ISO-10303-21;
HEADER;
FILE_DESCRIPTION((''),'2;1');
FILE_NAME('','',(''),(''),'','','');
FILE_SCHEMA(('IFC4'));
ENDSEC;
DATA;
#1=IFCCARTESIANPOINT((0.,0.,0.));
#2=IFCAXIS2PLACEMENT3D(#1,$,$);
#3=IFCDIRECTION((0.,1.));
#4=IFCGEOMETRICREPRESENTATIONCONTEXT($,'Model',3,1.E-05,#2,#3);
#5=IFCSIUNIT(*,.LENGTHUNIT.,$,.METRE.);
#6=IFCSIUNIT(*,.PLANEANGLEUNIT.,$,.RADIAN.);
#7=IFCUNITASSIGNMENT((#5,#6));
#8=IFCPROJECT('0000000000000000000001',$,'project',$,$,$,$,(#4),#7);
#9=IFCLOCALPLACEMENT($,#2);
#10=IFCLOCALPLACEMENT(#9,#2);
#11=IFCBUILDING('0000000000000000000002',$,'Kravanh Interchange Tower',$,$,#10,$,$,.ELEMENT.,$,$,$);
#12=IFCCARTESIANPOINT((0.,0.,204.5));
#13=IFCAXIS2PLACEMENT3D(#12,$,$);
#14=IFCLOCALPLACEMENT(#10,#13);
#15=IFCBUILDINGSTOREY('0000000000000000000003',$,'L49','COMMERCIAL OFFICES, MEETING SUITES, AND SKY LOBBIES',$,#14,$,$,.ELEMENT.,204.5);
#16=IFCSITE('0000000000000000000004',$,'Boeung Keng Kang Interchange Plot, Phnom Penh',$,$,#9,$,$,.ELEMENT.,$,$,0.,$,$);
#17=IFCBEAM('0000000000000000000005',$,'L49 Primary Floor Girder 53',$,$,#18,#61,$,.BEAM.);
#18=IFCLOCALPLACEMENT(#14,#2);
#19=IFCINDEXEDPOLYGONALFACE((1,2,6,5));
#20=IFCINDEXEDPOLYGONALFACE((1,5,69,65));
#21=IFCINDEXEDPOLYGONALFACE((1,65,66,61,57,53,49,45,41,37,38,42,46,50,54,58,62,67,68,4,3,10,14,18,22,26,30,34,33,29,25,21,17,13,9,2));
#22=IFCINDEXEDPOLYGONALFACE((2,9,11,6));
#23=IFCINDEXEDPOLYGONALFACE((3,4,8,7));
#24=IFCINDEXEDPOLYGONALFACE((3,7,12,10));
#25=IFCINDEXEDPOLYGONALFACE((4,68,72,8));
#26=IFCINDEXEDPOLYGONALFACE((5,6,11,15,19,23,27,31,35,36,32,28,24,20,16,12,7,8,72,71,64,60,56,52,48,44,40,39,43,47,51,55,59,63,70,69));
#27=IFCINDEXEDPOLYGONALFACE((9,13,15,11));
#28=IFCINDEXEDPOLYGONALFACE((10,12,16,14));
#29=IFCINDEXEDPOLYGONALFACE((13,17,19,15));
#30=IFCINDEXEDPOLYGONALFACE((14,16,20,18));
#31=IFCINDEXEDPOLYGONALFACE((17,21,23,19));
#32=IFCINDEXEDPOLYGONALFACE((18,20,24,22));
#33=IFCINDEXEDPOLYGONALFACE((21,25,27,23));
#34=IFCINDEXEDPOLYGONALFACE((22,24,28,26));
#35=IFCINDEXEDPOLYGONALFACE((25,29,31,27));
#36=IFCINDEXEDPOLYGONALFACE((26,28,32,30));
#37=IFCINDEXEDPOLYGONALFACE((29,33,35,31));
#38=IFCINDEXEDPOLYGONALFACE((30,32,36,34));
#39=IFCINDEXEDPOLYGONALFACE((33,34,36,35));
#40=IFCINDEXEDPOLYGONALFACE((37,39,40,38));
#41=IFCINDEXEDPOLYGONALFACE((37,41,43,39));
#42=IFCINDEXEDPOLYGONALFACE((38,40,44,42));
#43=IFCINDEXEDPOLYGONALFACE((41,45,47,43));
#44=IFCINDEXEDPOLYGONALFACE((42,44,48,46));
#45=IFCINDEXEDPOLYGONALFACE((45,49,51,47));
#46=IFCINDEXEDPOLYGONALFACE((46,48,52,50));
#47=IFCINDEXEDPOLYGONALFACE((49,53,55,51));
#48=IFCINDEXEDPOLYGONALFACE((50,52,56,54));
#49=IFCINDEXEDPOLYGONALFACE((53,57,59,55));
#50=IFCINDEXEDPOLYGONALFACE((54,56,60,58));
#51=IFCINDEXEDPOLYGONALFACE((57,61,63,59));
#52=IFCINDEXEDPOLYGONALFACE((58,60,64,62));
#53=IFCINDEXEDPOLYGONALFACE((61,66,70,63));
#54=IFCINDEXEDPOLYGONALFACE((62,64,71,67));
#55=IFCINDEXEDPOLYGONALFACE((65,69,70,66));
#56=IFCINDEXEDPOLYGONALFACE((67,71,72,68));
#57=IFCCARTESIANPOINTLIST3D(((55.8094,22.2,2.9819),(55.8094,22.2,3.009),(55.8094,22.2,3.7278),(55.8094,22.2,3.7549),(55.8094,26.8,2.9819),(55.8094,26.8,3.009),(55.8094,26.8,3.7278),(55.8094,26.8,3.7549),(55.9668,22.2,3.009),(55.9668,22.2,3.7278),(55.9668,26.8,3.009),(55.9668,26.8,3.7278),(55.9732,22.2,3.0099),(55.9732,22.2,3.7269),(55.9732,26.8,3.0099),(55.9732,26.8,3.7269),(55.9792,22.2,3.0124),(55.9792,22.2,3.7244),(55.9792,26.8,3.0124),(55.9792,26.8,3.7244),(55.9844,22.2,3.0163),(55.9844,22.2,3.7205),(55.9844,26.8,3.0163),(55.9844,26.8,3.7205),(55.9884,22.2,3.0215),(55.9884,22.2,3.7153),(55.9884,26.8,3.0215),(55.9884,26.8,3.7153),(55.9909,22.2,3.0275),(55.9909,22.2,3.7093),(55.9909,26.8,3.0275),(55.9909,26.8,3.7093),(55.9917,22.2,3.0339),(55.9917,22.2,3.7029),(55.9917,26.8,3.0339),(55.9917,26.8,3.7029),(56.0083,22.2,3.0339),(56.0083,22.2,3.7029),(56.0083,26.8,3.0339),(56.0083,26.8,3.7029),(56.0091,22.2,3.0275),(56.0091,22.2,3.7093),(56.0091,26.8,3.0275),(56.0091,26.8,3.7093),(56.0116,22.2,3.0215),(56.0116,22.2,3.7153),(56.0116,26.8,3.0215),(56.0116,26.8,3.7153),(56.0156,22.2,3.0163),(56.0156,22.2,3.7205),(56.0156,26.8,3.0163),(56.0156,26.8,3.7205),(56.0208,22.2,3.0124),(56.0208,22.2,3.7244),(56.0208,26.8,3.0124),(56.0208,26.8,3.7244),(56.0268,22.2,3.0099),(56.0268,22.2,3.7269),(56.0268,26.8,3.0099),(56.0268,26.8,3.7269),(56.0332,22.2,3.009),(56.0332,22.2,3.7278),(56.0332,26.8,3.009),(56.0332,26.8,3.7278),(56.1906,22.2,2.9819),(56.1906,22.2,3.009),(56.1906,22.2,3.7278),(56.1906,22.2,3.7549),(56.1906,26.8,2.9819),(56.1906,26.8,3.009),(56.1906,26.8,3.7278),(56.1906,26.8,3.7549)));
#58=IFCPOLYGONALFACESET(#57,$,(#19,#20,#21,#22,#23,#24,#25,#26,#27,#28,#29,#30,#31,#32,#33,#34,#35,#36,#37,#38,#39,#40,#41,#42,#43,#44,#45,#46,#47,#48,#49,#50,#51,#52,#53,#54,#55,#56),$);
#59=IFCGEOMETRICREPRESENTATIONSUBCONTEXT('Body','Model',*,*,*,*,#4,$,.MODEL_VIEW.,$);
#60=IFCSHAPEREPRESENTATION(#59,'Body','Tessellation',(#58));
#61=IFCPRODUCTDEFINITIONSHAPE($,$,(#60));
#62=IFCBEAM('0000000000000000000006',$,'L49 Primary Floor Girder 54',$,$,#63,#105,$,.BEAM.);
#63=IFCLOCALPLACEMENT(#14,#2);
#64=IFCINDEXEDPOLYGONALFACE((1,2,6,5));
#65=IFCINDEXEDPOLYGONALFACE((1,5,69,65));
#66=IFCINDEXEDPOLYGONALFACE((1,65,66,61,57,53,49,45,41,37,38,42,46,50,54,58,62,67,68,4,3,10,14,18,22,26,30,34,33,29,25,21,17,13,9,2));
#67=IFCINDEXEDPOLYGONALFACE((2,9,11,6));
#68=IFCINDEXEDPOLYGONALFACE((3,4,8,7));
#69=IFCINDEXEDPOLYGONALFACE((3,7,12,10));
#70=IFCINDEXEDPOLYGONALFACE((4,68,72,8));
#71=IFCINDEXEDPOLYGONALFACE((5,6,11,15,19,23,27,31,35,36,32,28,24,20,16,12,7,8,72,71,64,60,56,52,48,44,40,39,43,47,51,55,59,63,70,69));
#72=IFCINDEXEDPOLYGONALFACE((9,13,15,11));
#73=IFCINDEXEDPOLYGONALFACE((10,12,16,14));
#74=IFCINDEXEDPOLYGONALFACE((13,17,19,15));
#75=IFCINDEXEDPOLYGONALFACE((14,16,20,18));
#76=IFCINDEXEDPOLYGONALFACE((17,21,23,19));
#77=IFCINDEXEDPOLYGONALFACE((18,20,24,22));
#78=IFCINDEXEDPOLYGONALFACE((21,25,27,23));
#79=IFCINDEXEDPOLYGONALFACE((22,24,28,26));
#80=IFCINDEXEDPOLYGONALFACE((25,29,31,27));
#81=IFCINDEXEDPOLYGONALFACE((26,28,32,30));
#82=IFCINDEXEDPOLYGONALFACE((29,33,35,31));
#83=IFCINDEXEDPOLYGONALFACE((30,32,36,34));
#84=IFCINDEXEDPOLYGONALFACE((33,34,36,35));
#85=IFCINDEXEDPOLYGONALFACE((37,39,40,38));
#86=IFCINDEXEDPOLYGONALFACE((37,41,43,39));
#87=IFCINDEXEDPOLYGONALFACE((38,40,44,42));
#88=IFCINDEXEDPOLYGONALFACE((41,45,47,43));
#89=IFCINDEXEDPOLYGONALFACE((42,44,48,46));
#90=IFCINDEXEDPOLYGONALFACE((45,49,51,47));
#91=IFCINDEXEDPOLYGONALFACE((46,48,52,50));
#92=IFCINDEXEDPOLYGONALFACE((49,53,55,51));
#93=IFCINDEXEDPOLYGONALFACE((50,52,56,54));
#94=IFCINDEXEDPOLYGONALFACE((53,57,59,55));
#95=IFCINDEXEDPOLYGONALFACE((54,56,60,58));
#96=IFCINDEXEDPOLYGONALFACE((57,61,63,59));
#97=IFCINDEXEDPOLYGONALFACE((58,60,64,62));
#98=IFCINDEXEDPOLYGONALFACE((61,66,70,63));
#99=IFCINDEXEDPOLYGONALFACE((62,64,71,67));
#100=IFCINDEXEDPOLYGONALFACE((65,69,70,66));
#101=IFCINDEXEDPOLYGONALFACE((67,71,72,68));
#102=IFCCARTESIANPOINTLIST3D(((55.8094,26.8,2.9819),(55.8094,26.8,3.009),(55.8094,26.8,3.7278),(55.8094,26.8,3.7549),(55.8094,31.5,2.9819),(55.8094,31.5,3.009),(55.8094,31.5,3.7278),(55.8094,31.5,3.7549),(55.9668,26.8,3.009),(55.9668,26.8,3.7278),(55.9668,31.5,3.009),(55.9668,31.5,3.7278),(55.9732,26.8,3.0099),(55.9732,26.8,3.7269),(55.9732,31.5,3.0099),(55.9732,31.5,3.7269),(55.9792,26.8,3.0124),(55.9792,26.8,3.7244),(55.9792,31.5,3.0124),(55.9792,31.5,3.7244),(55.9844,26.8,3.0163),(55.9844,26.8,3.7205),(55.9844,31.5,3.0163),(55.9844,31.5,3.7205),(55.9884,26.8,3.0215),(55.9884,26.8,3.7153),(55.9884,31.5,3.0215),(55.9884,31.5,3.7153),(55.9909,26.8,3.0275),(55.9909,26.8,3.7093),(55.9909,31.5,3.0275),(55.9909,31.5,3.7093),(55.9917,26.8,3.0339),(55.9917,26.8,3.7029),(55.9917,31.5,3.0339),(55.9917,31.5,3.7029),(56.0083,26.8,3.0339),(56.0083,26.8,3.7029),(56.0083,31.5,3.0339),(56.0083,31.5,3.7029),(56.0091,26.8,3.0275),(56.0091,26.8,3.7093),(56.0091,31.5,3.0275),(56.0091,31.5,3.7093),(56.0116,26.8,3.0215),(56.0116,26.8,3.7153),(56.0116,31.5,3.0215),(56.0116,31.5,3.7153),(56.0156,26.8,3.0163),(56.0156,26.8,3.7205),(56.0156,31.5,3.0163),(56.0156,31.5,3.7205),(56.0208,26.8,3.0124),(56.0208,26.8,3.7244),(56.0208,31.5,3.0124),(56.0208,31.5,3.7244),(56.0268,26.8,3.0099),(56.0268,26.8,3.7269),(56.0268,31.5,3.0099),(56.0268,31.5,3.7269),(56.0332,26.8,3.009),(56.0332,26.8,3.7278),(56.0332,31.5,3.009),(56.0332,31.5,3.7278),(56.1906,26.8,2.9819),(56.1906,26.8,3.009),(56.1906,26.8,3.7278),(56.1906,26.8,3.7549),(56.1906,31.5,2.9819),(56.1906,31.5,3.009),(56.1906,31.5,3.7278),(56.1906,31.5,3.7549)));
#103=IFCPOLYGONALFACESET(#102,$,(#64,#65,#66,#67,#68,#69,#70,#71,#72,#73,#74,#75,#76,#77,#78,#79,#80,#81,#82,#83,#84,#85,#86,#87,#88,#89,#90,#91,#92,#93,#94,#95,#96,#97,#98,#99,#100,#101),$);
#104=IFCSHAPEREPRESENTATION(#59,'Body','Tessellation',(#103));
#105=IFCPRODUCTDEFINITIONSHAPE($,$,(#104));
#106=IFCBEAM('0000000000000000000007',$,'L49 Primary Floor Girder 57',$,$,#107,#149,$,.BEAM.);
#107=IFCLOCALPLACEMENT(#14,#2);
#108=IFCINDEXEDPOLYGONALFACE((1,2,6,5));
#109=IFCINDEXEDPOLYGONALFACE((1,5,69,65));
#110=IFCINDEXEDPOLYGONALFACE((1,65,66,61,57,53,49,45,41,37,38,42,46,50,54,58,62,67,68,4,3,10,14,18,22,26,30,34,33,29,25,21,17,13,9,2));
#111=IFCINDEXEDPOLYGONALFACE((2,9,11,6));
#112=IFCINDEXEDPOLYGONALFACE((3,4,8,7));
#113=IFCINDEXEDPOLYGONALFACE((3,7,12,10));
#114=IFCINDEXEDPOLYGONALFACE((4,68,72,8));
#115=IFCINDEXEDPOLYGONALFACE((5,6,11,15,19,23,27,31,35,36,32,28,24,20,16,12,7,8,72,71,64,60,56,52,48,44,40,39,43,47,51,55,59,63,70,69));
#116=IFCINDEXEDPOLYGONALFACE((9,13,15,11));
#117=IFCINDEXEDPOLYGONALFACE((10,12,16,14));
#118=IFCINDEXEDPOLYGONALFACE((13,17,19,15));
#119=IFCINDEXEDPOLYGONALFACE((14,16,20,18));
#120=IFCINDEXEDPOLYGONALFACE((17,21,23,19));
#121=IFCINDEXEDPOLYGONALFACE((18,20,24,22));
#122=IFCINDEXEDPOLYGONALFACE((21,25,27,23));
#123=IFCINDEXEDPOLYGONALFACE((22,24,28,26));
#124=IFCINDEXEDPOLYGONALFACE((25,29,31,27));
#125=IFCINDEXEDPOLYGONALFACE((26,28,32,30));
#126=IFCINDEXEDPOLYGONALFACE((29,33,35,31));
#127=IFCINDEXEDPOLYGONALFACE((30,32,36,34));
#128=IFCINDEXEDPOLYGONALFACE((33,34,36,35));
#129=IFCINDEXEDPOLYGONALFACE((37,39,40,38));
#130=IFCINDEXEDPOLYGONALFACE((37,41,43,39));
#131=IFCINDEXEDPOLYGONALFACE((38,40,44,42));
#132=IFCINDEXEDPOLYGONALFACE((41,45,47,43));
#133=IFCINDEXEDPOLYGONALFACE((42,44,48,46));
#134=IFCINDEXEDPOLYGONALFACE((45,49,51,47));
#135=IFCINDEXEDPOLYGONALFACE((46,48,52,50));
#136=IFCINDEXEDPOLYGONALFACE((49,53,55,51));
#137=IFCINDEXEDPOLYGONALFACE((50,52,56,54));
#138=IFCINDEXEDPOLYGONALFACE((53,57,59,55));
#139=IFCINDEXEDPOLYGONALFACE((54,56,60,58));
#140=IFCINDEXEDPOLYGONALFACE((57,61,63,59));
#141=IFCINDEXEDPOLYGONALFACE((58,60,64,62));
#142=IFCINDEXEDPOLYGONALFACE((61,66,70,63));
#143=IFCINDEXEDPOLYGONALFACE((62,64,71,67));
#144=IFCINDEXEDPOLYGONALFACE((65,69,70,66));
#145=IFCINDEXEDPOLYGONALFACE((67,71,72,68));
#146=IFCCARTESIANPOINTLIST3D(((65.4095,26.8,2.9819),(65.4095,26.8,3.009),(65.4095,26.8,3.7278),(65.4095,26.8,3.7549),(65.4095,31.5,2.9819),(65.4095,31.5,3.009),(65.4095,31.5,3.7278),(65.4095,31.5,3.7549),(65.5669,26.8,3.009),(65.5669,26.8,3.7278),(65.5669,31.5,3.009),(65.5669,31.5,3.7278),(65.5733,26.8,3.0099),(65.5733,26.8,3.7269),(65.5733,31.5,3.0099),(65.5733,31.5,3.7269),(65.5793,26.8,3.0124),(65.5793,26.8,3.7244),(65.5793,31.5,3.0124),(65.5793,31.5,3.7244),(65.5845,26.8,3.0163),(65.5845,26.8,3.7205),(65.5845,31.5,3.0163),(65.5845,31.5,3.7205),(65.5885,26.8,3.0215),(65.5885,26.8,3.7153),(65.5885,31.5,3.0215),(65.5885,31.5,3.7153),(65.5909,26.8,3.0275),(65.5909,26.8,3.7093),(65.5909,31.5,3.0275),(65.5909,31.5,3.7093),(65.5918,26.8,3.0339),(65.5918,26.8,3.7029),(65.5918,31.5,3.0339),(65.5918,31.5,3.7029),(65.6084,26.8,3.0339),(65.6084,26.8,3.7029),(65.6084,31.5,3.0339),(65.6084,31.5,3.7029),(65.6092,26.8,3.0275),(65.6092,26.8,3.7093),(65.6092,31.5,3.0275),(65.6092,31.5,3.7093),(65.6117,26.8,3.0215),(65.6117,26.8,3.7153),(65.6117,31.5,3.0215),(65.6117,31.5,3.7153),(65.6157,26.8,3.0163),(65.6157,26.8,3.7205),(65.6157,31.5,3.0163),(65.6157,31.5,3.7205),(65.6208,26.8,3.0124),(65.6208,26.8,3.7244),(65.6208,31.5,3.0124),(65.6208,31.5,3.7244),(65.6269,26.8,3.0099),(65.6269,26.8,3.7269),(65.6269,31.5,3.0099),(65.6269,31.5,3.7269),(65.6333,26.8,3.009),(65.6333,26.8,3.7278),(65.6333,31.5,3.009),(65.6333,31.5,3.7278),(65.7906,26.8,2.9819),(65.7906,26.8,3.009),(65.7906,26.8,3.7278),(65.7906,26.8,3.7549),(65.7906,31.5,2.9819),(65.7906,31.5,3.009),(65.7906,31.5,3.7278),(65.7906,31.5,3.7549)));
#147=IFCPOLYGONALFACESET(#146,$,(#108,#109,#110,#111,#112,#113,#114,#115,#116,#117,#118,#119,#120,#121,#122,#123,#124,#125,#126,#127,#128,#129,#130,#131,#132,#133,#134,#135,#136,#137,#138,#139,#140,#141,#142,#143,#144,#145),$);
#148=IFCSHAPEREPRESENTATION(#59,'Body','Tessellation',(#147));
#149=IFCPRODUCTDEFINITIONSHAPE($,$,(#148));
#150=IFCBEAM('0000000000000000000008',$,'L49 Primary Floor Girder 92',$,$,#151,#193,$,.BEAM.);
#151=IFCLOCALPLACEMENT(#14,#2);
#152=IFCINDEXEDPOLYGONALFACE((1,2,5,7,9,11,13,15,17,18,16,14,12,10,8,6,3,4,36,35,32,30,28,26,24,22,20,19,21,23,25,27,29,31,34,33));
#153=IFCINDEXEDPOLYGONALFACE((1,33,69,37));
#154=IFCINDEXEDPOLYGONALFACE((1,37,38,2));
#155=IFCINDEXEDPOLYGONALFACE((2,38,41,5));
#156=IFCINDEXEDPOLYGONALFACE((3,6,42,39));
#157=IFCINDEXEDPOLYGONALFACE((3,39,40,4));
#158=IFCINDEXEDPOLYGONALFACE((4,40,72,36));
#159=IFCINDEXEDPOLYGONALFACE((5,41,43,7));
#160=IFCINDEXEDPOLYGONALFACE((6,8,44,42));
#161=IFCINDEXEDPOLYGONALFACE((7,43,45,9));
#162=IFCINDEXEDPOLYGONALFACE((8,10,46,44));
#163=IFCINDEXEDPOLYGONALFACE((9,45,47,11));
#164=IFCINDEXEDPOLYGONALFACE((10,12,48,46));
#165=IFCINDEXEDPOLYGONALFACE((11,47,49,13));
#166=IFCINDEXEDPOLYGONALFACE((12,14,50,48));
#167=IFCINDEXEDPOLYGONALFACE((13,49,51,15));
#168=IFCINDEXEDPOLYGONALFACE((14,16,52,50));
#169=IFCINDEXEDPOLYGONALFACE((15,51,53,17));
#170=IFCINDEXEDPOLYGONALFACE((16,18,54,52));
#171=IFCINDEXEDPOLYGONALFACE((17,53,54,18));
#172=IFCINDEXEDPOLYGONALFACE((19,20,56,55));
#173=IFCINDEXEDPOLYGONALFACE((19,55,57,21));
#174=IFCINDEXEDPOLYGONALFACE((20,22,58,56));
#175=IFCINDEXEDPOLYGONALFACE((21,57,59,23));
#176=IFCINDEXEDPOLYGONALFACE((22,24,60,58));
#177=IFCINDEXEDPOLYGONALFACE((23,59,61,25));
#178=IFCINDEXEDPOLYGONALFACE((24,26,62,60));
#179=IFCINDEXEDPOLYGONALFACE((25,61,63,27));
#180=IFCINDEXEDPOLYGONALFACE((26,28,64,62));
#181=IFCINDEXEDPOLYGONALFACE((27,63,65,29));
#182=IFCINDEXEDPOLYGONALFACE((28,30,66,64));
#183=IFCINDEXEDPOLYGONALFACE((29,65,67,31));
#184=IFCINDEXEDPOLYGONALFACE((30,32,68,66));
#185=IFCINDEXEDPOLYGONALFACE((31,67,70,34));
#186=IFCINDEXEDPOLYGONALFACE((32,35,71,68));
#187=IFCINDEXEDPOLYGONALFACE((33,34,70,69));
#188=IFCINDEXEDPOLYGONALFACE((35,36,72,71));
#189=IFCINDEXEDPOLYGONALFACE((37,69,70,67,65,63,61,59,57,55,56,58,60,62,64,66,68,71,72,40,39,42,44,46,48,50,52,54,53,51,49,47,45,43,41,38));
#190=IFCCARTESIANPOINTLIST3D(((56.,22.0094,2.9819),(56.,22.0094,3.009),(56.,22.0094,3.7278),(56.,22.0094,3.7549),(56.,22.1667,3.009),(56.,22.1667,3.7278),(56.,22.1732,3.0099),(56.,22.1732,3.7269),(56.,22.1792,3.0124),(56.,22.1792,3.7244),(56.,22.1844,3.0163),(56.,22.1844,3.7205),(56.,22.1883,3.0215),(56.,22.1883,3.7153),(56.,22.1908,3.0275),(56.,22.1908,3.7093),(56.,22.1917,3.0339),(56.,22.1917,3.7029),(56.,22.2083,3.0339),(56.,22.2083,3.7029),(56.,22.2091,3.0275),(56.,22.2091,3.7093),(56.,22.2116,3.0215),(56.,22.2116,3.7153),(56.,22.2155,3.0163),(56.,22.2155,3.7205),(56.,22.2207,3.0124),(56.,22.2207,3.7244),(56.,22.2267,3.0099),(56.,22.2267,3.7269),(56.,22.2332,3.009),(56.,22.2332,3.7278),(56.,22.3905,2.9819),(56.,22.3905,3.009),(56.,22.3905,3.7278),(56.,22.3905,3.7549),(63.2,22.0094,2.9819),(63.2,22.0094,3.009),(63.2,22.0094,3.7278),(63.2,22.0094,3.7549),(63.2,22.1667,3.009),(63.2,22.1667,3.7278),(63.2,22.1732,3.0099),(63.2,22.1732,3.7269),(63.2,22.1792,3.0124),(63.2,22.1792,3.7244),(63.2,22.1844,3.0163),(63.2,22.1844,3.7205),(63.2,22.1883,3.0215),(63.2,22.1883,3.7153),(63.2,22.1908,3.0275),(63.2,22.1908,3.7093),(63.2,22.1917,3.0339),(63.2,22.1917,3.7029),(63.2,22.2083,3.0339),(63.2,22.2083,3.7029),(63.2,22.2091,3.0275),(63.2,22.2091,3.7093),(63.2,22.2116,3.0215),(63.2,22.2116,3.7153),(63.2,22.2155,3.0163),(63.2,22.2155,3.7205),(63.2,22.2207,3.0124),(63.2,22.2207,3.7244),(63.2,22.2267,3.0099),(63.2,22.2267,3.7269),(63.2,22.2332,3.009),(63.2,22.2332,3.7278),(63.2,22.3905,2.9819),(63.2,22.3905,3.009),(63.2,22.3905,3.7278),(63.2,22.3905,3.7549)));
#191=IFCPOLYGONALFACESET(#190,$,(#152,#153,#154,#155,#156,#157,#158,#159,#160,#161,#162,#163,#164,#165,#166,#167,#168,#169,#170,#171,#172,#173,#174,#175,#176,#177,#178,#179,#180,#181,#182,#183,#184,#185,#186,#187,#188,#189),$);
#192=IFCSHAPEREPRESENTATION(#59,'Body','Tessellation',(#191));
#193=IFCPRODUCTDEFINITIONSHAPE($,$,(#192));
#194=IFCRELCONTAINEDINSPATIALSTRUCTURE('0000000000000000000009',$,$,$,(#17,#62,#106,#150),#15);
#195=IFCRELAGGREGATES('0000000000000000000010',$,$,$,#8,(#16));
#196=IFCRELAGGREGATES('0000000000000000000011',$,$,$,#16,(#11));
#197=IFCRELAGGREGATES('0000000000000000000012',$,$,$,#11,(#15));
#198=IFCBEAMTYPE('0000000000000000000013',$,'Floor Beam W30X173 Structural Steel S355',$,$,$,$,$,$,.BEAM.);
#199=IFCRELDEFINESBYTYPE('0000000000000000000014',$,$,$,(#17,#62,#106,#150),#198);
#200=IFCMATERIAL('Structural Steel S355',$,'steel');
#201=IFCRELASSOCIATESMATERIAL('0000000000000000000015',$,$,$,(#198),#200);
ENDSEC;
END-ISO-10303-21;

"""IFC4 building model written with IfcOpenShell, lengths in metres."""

from ifc_helpers import new_model, si_unit, direction, frame, origin, origin_2d, place, context, subcontext, project, spatial, i_section, extrude, material, material_profile, profile_set, type_object, element, save


model = new_model("IFC4")

# Units and contexts
model_context = context("Model", 3, precision=1e-05, world=origin(), true_north=direction((0.0, 1.0)))
body_context = subcontext(model_context, "Body", "Model", "MODEL_VIEW")
ifc_project = project(units=[si_unit("LENGTHUNIT", "METRE"), si_unit("PLANEANGLEUNIT", "RADIAN")], contexts=[model_context])

# Site, building, storey
site_placement = place(None, origin())
site = spatial("IfcSite", under=ifc_project, at=site_placement, Name="Boeung Keng Kang Interchange Plot, Phnom Penh", CompositionType="ELEMENT", RefElevation=0.0)
building_placement = place(site_placement, origin())
building = spatial("IfcBuilding", under=site, at=building_placement, Name="Kravanh Interchange Tower", CompositionType="ELEMENT")
storey_placement = place(building_placement, frame((0.0, 0.0, 204.5)))
storey = spatial("IfcBuildingStorey", under=building, at=storey_placement, Name="L49", Description="COMMERCIAL OFFICES, MEETING SUITES, AND SKY LOBBIES", CompositionType="ELEMENT", Elevation=204.5)

# Beams
ifc_material_1 = material(Name="Structural Steel S355", Category="steel")
ifc_material_profile_1 = material_profile(ifc_material_1, i_section(OverallWidth=0.3811, OverallDepth=0.7729, WebThickness=0.0166, FlangeThickness=0.0271, FilletRadius=0.0249, at=origin_2d()), Name="W30X173")
ifc_profile_set_1 = profile_set([ifc_material_profile_1], Name="Structural Steel S355")
beam_type_1 = type_object("IfcBeamType", Name="Floor Beam W30X173 Structural Steel S355", PredefinedType="BEAM", material=ifc_profile_set_1)
beam_1_placement = place(storey_placement, frame((56.0, 26.8, 3.3684), z_axis=(0.0, -1.0, 0.0), x_axis=(1.0, 0.0, 0.0)))
element("IfcBeam", 1, at=beam_1_placement, inside=storey, type_object=beam_type_1, Name="L49 Primary Floor Girder 53", PredefinedType="BEAM", context=body_context, shape_type="SweptSolid", body=[
    extrude(i_section(OverallWidth=0.3811, OverallDepth=0.7729, WebThickness=0.0166, FlangeThickness=0.0271, FilletRadius=0.0249, at=origin_2d()), origin(), (0.0, 0.0, 1.0), 4.6001),
])
for number, where, z_axis, x_axis, name in (
    (2, (56.0, 26.8, 3.3684), (0.0, 1.0, 0.0), (-1.0, 0.0, 0.0), "L49 Primary Floor Girder 54"),
    (3, (65.6001, 26.8, 3.3684), (0.0, 1.0, 0.0), (-1.0, 0.0, 0.0), "L49 Primary Floor Girder 57"),
):
    element("IfcBeam", number, at=place(storey_placement, frame(where, z_axis=z_axis, x_axis=x_axis)), inside=storey, type_object=beam_type_1, Name=name, PredefinedType="BEAM", context=body_context, shape_type="SweptSolid", body=[
        extrude(i_section(OverallWidth=0.3811, OverallDepth=0.7729, WebThickness=0.0166, FlangeThickness=0.0271, FilletRadius=0.0249, at=origin_2d()), origin(), (0.0, 0.0, 1.0), 4.7),
    ])
beam_2_placement = place(storey_placement, frame((56.0, 22.2, 3.3684), z_axis=(1.0, 0.0, 0.0), x_axis=(0.0, 1.0, 0.0)))
element("IfcBeam", 4, at=beam_2_placement, inside=storey, type_object=beam_type_1, Name="L49 Primary Floor Girder 92", PredefinedType="BEAM", context=body_context, shape_type="SweptSolid", body=[
    extrude(i_section(OverallWidth=0.3811, OverallDepth=0.7729, WebThickness=0.0166, FlangeThickness=0.0271, FilletRadius=0.0249, at=origin_2d()), origin(), (0.0, 0.0, 1.0), 7.2),
])

save(model, "model.ifc")
